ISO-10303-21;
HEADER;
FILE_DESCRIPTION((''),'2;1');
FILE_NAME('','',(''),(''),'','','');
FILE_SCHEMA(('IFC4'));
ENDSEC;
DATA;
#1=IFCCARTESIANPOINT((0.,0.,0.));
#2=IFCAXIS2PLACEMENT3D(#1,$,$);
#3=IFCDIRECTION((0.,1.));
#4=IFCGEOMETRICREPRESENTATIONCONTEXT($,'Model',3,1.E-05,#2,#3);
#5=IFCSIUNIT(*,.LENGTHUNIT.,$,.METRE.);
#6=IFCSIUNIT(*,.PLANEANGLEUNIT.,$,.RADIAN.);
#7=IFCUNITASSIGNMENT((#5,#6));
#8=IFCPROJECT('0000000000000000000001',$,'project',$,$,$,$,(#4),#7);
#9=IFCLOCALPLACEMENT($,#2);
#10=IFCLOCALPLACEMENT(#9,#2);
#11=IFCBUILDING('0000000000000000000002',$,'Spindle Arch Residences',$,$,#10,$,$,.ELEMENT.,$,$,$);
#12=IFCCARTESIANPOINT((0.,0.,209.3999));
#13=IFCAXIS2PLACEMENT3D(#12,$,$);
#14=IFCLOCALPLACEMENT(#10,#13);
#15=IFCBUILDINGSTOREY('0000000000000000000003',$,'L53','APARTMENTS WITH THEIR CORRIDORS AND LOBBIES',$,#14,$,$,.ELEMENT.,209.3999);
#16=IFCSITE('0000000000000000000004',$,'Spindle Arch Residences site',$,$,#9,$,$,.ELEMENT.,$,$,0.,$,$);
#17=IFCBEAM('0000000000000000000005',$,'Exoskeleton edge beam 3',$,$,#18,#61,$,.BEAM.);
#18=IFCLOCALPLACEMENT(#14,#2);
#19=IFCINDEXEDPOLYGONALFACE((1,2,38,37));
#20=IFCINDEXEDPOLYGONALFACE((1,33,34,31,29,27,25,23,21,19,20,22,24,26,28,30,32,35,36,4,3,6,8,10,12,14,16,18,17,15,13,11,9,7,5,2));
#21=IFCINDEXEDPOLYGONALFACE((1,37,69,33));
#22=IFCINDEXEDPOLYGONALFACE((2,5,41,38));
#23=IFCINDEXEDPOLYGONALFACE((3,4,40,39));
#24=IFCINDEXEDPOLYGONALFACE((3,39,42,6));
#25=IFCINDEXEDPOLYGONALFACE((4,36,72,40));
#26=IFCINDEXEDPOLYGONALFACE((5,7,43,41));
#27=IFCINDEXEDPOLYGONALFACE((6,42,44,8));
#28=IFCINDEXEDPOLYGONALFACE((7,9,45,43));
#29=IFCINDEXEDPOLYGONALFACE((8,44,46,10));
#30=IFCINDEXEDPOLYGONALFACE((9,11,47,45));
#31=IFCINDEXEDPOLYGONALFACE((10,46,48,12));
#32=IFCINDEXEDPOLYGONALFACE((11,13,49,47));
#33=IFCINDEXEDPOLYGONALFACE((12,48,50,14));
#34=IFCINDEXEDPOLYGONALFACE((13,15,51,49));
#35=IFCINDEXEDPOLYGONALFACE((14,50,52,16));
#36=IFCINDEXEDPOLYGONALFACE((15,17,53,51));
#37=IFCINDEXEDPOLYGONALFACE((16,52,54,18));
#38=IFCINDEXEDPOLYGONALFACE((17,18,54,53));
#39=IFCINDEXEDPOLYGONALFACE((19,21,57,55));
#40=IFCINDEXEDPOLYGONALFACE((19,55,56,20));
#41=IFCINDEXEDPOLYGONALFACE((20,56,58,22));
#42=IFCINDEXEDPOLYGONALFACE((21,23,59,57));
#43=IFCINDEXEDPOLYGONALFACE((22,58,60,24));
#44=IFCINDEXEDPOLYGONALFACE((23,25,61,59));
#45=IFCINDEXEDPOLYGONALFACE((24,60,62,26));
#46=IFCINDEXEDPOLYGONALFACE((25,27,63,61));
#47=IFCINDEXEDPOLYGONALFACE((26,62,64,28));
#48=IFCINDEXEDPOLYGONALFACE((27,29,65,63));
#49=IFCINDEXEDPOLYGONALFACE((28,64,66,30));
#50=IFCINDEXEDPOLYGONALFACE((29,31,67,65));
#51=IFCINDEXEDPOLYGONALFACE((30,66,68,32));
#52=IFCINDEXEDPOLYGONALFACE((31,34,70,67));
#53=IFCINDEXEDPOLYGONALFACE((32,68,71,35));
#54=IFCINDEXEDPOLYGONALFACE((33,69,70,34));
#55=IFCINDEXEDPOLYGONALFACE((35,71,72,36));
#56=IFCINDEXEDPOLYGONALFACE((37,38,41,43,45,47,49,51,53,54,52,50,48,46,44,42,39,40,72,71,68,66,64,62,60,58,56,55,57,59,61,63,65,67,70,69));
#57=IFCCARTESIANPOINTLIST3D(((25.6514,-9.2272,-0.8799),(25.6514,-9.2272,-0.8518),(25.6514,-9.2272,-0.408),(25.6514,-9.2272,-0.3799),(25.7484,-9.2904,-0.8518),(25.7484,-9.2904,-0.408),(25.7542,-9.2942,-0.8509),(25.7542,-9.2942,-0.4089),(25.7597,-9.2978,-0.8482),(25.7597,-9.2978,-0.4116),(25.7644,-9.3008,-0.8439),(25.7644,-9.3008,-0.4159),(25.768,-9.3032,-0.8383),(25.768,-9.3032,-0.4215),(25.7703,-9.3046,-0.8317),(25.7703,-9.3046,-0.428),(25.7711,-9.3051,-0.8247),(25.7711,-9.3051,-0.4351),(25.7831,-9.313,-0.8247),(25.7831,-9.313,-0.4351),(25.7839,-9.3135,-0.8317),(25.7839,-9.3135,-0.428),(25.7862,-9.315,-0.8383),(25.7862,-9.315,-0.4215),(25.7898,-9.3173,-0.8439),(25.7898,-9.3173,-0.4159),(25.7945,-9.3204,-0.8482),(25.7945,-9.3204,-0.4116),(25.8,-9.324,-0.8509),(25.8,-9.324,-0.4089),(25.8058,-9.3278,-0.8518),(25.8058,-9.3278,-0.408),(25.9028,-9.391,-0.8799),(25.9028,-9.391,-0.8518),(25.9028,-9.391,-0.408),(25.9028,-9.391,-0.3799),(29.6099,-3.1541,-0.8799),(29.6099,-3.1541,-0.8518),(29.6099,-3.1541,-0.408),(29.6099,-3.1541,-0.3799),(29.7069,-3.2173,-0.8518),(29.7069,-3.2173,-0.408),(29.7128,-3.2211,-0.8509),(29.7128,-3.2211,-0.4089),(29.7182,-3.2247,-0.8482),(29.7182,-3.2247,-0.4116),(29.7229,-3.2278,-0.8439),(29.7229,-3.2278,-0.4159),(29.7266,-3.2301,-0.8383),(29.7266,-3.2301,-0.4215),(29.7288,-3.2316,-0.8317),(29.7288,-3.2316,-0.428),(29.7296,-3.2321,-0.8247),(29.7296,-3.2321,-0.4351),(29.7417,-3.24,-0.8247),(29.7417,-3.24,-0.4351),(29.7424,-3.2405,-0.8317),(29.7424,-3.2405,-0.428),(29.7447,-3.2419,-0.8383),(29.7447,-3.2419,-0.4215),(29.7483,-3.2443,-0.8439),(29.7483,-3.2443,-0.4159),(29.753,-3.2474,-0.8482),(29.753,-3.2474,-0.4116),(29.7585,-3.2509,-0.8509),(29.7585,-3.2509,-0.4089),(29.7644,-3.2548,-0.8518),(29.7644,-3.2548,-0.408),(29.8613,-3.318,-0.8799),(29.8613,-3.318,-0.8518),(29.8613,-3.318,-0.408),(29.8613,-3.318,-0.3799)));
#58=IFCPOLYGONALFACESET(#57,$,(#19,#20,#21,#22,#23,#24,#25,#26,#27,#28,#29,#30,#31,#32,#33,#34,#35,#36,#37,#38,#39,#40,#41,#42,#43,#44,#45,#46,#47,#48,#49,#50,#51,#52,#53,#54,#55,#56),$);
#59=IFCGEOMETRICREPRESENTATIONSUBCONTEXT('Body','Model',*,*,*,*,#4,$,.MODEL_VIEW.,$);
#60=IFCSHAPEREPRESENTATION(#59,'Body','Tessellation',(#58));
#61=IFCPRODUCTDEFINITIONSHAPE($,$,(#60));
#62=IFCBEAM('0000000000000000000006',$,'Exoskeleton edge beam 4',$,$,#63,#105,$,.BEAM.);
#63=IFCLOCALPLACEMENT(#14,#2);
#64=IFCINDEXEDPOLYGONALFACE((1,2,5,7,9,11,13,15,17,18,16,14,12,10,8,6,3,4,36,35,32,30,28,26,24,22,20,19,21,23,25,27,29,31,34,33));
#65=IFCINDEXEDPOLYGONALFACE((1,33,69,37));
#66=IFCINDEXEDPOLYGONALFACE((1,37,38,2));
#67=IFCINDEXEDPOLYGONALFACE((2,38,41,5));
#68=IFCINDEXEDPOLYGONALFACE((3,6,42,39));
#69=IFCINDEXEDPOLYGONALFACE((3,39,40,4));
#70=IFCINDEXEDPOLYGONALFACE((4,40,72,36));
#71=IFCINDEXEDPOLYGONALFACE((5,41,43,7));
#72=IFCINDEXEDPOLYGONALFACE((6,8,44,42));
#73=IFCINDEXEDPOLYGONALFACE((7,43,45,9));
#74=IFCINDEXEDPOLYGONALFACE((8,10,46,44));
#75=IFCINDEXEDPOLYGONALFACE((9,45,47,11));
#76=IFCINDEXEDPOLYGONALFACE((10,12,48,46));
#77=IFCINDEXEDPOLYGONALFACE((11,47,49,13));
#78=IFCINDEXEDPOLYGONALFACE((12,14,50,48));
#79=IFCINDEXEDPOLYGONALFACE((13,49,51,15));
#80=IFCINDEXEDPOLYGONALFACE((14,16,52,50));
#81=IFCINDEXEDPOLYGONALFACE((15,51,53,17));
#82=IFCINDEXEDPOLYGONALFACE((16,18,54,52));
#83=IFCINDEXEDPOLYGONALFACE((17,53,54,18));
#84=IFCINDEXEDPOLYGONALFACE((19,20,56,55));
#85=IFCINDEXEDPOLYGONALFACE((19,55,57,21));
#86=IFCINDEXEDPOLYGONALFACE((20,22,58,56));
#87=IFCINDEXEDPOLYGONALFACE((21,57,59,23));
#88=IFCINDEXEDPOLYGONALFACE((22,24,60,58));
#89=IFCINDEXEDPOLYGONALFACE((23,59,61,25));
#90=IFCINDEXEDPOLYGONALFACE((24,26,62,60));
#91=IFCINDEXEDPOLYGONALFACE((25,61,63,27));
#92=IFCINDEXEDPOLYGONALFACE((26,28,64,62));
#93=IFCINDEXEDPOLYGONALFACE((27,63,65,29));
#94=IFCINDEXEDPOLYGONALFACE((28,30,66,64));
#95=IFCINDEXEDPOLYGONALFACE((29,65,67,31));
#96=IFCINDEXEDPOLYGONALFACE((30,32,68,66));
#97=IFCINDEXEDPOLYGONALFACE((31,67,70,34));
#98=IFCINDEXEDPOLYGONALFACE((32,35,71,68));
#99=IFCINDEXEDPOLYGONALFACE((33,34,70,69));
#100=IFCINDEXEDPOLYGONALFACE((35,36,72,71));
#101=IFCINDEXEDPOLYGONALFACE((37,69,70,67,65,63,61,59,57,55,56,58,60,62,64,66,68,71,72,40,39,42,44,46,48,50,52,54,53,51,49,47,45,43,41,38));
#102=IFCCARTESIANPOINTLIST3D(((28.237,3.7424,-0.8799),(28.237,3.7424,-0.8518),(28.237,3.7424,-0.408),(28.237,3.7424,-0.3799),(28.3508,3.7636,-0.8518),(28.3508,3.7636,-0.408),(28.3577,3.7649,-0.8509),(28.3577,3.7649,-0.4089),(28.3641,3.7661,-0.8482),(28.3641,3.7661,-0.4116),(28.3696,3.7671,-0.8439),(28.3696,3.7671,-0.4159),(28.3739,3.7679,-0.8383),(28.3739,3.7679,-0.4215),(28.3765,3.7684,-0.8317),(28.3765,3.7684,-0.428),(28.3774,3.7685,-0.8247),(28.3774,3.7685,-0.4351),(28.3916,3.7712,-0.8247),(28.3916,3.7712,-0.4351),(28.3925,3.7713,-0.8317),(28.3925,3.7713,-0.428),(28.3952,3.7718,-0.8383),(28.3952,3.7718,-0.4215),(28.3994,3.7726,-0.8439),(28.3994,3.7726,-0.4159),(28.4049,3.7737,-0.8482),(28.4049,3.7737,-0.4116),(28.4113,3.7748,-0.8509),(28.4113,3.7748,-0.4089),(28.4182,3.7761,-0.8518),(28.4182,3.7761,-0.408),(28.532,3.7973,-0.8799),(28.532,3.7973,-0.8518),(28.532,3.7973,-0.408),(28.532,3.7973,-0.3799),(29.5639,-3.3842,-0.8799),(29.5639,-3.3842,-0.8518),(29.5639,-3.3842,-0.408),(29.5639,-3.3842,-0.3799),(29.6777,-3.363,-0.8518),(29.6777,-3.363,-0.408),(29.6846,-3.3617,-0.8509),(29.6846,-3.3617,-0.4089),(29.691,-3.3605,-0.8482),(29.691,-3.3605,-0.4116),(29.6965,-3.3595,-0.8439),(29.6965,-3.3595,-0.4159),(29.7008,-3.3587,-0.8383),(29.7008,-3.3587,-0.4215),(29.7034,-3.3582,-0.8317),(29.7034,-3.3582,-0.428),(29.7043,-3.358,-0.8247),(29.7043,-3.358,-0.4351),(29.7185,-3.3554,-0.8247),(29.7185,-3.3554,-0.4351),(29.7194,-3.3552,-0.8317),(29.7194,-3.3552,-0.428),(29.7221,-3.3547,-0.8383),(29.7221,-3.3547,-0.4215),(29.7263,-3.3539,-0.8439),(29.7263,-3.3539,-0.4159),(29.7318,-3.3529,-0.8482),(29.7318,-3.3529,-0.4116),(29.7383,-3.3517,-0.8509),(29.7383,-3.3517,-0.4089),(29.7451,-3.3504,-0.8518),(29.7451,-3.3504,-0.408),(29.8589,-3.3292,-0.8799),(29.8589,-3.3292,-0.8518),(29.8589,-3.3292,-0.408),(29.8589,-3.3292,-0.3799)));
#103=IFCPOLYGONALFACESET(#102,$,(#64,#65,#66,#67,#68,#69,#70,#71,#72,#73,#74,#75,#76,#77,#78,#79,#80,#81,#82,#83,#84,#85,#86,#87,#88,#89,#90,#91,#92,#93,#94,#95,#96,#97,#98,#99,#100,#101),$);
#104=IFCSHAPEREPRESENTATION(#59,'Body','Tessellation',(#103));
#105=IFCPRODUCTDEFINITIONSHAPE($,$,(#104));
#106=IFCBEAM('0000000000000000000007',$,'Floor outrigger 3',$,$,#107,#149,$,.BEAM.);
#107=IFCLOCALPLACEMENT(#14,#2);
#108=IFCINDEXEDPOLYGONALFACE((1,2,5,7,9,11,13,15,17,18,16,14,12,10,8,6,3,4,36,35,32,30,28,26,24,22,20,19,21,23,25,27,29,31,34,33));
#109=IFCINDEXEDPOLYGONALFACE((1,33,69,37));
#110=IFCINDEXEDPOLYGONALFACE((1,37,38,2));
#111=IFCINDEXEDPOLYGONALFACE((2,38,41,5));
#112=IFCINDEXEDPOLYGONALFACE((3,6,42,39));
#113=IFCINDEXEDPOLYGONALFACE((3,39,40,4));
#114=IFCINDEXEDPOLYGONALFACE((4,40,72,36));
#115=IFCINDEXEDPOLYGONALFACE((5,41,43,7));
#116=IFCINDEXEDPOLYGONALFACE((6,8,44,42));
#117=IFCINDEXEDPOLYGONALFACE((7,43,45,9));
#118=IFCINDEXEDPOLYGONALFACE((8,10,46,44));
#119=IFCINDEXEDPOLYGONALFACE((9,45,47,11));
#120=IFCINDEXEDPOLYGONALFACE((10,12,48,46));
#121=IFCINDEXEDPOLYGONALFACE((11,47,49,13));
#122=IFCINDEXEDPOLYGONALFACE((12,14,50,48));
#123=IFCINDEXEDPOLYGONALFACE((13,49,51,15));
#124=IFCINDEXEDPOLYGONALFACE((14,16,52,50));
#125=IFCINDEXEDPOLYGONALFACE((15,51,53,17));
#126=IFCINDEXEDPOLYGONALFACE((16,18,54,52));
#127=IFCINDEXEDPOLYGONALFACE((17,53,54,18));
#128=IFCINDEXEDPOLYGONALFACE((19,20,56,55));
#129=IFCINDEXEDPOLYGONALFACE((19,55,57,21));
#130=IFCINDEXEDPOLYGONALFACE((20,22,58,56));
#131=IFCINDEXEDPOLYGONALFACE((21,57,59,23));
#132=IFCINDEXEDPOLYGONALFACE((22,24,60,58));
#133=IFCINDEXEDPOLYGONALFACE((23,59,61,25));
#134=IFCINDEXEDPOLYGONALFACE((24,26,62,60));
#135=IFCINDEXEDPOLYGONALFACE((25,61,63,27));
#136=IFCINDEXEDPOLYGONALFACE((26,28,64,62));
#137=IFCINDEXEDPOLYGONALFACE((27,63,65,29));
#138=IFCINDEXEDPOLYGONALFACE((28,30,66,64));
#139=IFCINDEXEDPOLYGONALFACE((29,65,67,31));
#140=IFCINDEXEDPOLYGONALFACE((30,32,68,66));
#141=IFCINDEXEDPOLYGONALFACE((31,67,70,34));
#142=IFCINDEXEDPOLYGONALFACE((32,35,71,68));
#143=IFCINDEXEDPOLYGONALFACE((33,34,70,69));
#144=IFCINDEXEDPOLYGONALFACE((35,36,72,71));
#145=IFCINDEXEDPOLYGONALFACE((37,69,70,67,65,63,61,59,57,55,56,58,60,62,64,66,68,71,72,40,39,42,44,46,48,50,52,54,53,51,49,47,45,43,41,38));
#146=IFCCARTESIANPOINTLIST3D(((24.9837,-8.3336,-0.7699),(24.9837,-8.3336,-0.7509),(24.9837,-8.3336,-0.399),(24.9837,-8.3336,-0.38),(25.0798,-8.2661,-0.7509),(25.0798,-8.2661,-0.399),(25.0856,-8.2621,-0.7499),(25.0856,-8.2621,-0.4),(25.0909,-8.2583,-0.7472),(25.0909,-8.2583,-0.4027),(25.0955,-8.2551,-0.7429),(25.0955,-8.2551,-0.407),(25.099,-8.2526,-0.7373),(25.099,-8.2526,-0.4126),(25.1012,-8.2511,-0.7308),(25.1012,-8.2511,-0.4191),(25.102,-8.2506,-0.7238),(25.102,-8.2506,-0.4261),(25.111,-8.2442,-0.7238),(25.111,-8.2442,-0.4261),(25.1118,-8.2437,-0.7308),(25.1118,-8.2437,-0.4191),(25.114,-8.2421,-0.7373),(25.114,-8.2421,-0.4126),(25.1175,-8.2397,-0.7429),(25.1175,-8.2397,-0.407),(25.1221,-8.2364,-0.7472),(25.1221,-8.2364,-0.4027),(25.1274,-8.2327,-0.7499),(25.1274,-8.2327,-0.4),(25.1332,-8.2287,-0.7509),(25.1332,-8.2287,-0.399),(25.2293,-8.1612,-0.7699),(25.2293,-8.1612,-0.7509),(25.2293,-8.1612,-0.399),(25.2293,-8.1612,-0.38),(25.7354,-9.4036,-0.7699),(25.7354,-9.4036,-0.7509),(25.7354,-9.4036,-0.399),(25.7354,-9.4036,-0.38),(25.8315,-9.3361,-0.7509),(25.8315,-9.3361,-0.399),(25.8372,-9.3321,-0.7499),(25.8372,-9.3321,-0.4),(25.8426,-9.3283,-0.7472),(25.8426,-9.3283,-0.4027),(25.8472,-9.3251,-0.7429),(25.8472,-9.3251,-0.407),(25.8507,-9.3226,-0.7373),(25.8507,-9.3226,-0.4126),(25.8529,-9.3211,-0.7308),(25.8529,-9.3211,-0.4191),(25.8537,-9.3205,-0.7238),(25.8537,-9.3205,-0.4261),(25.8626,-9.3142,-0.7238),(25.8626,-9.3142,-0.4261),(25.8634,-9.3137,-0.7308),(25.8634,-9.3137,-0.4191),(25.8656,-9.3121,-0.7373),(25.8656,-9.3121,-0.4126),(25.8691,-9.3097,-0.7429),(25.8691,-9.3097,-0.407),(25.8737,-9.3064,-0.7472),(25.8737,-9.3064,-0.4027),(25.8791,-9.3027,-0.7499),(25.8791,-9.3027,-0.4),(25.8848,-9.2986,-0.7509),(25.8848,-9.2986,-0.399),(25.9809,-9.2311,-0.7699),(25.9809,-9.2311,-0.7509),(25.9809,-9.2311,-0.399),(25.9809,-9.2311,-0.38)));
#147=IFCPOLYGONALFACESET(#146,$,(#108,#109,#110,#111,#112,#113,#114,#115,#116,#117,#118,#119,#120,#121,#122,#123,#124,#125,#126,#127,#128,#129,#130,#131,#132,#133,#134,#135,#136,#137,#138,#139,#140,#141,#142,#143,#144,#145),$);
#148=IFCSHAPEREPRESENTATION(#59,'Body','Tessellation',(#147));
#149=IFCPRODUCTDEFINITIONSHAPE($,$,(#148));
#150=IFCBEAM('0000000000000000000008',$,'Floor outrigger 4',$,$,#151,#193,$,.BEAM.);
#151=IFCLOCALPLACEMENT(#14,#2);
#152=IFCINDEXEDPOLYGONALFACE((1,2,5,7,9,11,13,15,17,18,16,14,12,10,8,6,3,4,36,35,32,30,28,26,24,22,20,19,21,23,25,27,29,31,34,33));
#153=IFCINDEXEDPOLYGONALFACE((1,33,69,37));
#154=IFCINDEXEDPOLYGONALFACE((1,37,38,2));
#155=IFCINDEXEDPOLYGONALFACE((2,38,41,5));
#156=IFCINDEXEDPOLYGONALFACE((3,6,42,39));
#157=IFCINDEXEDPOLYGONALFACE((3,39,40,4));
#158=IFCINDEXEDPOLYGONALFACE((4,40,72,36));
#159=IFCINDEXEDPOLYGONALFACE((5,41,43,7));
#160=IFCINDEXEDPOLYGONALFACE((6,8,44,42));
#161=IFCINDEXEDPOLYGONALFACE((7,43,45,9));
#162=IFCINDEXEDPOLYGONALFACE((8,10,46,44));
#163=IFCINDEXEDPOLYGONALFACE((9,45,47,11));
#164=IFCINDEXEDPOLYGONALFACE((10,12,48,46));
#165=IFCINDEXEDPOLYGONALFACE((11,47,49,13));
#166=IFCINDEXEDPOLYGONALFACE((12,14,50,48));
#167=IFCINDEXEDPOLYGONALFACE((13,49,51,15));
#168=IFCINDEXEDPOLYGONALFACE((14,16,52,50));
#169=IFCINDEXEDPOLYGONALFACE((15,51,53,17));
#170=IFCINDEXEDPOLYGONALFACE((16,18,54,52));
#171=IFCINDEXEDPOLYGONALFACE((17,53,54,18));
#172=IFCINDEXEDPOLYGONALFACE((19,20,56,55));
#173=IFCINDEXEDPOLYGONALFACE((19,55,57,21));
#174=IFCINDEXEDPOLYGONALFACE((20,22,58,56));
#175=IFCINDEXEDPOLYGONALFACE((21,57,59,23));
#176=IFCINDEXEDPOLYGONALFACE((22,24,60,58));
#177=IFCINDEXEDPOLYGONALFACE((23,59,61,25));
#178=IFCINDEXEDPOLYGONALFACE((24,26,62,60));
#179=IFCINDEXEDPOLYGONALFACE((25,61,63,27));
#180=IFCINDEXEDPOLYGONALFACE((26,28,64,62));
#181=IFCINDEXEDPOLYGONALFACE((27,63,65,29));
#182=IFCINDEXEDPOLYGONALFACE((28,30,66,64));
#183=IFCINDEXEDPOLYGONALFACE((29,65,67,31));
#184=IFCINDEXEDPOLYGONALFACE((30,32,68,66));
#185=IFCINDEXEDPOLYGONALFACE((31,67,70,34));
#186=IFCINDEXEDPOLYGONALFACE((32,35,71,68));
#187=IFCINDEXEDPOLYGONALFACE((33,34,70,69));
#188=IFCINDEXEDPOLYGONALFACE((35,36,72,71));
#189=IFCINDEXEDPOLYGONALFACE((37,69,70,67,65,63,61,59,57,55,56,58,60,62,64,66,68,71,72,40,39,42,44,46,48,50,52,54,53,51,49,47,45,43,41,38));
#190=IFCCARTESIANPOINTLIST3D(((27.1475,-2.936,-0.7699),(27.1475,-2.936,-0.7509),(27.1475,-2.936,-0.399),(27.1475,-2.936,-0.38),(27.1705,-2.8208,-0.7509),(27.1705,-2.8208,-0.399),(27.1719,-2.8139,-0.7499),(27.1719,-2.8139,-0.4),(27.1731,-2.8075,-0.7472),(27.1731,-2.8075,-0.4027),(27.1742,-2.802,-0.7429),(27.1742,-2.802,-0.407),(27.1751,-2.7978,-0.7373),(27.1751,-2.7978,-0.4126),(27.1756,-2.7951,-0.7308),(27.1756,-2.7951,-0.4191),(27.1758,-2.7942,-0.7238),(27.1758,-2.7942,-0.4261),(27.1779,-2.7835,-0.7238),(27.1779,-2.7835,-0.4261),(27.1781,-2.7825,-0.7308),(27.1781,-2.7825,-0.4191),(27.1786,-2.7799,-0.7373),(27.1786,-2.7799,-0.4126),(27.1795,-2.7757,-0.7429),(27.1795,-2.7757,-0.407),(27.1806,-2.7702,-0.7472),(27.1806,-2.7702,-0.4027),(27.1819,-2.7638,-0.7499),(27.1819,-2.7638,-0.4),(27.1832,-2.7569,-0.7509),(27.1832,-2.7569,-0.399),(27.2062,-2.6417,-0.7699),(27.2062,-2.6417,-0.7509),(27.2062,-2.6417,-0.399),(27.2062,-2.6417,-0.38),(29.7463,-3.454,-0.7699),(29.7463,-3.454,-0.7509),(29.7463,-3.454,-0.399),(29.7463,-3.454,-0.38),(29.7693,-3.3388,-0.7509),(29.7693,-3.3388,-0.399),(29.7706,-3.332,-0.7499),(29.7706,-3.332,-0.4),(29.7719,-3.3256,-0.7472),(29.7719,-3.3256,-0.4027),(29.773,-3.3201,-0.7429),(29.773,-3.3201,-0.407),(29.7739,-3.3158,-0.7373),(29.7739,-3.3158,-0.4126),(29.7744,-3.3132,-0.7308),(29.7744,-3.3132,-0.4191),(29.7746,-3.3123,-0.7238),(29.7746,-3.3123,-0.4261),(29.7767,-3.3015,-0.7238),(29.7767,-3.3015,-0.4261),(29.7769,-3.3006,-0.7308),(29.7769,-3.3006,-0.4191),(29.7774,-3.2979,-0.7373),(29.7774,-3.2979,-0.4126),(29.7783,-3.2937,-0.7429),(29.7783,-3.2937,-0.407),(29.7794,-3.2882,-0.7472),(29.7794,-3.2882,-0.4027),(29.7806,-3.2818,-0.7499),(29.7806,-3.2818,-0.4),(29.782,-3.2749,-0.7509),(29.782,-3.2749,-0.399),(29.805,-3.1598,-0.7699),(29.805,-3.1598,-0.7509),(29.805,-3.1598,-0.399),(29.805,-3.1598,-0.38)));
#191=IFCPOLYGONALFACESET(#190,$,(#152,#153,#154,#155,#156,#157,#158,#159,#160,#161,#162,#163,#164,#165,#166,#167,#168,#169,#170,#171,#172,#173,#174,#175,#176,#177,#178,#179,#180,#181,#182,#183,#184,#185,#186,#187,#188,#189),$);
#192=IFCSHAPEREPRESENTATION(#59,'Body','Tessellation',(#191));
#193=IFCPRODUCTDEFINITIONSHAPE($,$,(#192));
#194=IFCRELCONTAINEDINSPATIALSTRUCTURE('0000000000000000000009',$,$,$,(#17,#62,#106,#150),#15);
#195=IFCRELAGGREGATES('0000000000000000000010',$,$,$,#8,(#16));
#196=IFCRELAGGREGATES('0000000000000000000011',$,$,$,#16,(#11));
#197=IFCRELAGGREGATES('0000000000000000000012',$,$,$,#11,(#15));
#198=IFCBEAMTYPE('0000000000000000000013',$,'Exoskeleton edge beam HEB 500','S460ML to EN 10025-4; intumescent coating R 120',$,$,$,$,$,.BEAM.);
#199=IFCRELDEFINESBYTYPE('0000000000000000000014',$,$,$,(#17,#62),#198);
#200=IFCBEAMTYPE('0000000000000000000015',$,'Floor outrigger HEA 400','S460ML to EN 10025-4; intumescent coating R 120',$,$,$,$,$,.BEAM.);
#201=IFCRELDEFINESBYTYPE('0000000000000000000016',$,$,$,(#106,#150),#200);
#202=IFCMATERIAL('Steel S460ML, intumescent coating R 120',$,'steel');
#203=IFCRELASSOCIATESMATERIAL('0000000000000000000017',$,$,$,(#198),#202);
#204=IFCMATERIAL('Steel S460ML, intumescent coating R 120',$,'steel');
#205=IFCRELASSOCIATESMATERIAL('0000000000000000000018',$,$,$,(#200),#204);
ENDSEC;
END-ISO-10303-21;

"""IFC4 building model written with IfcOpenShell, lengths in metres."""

from ifc_helpers import new_model, si_unit, direction, frame, origin, origin_2d, place, context, subcontext, project, spatial, i_section, extrude, material, material_profile, profile_set, type_object, element, save


model = new_model("IFC4")

# Units and contexts
model_context = context("Model", 3, precision=1e-05, world=origin(), true_north=direction((0.0, 1.0)))
body_context = subcontext(model_context, "Body", "Model", "MODEL_VIEW")
ifc_project = project(units=[si_unit("LENGTHUNIT", "METRE"), si_unit("PLANEANGLEUNIT", "RADIAN")], contexts=[model_context])

# Site, building, storey
site_placement = place(None, origin())
site = spatial("IfcSite", under=ifc_project, at=site_placement, Name="Spindle Arch Residences site", CompositionType="ELEMENT", RefElevation=0.0)
building_placement = place(site_placement, origin())
building = spatial("IfcBuilding", under=site, at=building_placement, Name="Spindle Arch Residences", CompositionType="ELEMENT")
storey_placement = place(building_placement, frame((0.0, 0.0, 209.3999)))
storey = spatial("IfcBuildingStorey", under=building, at=storey_placement, Name="L53", Description="APARTMENTS WITH THEIR CORRIDORS AND LOBBIES", CompositionType="ELEMENT", Elevation=209.3999)

# Beams
ifc_material_1 = material(Name="Steel S460ML, intumescent coating R 120", Category="steel")
ifc_material_profile_1 = material_profile(ifc_material_1, i_section(OverallWidth=0.3, OverallDepth=0.5, WebThickness=0.0144, FlangeThickness=0.0281, FilletRadius=0.0271, at=origin_2d()), Name="HEB 500")
ifc_profile_set_1 = profile_set([ifc_material_profile_1], Name="Steel S460ML, intumescent coating R 120")
beam_type_1 = type_object("IfcBeamType", Name="Exoskeleton edge beam HEB 500", Description="S460ML to EN 10025-4; intumescent coating R 120", PredefinedType="BEAM", material=ifc_profile_set_1)
beam_1_placement = place(storey_placement, frame((25.7771, -9.3091, -0.6299), z_axis=(0.546059, 0.837747, 0.0), x_axis=(-0.837747, 0.546059, 0.0)))
element("IfcBeam", 1, at=beam_1_placement, inside=storey, type_object=beam_type_1, Name="Exoskeleton edge beam 3", PredefinedType="BEAM", context=body_context, shape_type="SweptSolid", body=[
    extrude(i_section(OverallWidth=0.3, OverallDepth=0.5, WebThickness=0.0144, FlangeThickness=0.0281, FilletRadius=0.0271, at=origin_2d()), origin(), (0.0, 0.0, 1.0), 7.2493),
])
beam_2_placement = place(storey_placement, frame((29.7114, -3.3567, -0.6299), z_axis=(-0.183048, 0.983104, 0.0), x_axis=(-0.983104, -0.183048, 0.0)))
element("IfcBeam", 2, at=beam_2_placement, inside=storey, type_object=beam_type_1, Name="Exoskeleton edge beam 4", PredefinedType="BEAM", context=body_context, shape_type="SweptSolid", body=[
    extrude(i_section(OverallWidth=0.3, OverallDepth=0.5, WebThickness=0.0144, FlangeThickness=0.0281, FilletRadius=0.0271, at=origin_2d()), origin(), (0.0, 0.0, 1.0), 7.249),
])
ifc_material_2 = material(Name="Steel S460ML, intumescent coating R 120", Category="steel")
ifc_material_profile_2 = material_profile(ifc_material_2, i_section(OverallWidth=0.3, OverallDepth=0.3899, WebThickness=0.011, FlangeThickness=0.019, FilletRadius=0.0271, at=origin_2d()), Name="HEA 400")
ifc_profile_set_2 = profile_set([ifc_material_profile_2], Name="Steel S460ML, intumescent coating R 120")
beam_type_2 = type_object("IfcBeamType", Name="Floor outrigger HEA 400", Description="S460ML to EN 10025-4; intumescent coating R 120", PredefinedType="BEAM", material=ifc_profile_set_2)
beam_3_placement = place(storey_placement, frame((25.8582, -9.3174, -0.575), z_axis=(-0.574827, 0.818275, 0.0), x_axis=(-0.818275, -0.574827, 0.0)))
element("IfcBeam", 3, at=beam_3_placement, inside=storey, type_object=beam_type_2, Name="Floor outrigger 3", PredefinedType="BEAM", context=body_context, shape_type="SweptSolid", body=[
    extrude(i_section(OverallWidth=0.3, OverallDepth=0.3899, WebThickness=0.011, FlangeThickness=0.019, FilletRadius=0.0271, at=origin_2d()), origin(), (0.0, 0.0, 1.0), 1.3076),
])
beam_4_placement = place(storey_placement, frame((29.7756, -3.3069, -0.575), z_axis=(-0.980704, 0.195496, 0.0), x_axis=(-0.195496, -0.980704, 0.0)))
element("IfcBeam", 4, at=beam_4_placement, inside=storey, type_object=beam_type_2, Name="Floor outrigger 4", PredefinedType="BEAM", context=body_context, shape_type="SweptSolid", body=[
    extrude(i_section(OverallWidth=0.3, OverallDepth=0.3899, WebThickness=0.011, FlangeThickness=0.019, FilletRadius=0.0271, at=origin_2d()), origin(), (0.0, 0.0, 1.0), 2.6499),
])

save(model, "model.ifc")
